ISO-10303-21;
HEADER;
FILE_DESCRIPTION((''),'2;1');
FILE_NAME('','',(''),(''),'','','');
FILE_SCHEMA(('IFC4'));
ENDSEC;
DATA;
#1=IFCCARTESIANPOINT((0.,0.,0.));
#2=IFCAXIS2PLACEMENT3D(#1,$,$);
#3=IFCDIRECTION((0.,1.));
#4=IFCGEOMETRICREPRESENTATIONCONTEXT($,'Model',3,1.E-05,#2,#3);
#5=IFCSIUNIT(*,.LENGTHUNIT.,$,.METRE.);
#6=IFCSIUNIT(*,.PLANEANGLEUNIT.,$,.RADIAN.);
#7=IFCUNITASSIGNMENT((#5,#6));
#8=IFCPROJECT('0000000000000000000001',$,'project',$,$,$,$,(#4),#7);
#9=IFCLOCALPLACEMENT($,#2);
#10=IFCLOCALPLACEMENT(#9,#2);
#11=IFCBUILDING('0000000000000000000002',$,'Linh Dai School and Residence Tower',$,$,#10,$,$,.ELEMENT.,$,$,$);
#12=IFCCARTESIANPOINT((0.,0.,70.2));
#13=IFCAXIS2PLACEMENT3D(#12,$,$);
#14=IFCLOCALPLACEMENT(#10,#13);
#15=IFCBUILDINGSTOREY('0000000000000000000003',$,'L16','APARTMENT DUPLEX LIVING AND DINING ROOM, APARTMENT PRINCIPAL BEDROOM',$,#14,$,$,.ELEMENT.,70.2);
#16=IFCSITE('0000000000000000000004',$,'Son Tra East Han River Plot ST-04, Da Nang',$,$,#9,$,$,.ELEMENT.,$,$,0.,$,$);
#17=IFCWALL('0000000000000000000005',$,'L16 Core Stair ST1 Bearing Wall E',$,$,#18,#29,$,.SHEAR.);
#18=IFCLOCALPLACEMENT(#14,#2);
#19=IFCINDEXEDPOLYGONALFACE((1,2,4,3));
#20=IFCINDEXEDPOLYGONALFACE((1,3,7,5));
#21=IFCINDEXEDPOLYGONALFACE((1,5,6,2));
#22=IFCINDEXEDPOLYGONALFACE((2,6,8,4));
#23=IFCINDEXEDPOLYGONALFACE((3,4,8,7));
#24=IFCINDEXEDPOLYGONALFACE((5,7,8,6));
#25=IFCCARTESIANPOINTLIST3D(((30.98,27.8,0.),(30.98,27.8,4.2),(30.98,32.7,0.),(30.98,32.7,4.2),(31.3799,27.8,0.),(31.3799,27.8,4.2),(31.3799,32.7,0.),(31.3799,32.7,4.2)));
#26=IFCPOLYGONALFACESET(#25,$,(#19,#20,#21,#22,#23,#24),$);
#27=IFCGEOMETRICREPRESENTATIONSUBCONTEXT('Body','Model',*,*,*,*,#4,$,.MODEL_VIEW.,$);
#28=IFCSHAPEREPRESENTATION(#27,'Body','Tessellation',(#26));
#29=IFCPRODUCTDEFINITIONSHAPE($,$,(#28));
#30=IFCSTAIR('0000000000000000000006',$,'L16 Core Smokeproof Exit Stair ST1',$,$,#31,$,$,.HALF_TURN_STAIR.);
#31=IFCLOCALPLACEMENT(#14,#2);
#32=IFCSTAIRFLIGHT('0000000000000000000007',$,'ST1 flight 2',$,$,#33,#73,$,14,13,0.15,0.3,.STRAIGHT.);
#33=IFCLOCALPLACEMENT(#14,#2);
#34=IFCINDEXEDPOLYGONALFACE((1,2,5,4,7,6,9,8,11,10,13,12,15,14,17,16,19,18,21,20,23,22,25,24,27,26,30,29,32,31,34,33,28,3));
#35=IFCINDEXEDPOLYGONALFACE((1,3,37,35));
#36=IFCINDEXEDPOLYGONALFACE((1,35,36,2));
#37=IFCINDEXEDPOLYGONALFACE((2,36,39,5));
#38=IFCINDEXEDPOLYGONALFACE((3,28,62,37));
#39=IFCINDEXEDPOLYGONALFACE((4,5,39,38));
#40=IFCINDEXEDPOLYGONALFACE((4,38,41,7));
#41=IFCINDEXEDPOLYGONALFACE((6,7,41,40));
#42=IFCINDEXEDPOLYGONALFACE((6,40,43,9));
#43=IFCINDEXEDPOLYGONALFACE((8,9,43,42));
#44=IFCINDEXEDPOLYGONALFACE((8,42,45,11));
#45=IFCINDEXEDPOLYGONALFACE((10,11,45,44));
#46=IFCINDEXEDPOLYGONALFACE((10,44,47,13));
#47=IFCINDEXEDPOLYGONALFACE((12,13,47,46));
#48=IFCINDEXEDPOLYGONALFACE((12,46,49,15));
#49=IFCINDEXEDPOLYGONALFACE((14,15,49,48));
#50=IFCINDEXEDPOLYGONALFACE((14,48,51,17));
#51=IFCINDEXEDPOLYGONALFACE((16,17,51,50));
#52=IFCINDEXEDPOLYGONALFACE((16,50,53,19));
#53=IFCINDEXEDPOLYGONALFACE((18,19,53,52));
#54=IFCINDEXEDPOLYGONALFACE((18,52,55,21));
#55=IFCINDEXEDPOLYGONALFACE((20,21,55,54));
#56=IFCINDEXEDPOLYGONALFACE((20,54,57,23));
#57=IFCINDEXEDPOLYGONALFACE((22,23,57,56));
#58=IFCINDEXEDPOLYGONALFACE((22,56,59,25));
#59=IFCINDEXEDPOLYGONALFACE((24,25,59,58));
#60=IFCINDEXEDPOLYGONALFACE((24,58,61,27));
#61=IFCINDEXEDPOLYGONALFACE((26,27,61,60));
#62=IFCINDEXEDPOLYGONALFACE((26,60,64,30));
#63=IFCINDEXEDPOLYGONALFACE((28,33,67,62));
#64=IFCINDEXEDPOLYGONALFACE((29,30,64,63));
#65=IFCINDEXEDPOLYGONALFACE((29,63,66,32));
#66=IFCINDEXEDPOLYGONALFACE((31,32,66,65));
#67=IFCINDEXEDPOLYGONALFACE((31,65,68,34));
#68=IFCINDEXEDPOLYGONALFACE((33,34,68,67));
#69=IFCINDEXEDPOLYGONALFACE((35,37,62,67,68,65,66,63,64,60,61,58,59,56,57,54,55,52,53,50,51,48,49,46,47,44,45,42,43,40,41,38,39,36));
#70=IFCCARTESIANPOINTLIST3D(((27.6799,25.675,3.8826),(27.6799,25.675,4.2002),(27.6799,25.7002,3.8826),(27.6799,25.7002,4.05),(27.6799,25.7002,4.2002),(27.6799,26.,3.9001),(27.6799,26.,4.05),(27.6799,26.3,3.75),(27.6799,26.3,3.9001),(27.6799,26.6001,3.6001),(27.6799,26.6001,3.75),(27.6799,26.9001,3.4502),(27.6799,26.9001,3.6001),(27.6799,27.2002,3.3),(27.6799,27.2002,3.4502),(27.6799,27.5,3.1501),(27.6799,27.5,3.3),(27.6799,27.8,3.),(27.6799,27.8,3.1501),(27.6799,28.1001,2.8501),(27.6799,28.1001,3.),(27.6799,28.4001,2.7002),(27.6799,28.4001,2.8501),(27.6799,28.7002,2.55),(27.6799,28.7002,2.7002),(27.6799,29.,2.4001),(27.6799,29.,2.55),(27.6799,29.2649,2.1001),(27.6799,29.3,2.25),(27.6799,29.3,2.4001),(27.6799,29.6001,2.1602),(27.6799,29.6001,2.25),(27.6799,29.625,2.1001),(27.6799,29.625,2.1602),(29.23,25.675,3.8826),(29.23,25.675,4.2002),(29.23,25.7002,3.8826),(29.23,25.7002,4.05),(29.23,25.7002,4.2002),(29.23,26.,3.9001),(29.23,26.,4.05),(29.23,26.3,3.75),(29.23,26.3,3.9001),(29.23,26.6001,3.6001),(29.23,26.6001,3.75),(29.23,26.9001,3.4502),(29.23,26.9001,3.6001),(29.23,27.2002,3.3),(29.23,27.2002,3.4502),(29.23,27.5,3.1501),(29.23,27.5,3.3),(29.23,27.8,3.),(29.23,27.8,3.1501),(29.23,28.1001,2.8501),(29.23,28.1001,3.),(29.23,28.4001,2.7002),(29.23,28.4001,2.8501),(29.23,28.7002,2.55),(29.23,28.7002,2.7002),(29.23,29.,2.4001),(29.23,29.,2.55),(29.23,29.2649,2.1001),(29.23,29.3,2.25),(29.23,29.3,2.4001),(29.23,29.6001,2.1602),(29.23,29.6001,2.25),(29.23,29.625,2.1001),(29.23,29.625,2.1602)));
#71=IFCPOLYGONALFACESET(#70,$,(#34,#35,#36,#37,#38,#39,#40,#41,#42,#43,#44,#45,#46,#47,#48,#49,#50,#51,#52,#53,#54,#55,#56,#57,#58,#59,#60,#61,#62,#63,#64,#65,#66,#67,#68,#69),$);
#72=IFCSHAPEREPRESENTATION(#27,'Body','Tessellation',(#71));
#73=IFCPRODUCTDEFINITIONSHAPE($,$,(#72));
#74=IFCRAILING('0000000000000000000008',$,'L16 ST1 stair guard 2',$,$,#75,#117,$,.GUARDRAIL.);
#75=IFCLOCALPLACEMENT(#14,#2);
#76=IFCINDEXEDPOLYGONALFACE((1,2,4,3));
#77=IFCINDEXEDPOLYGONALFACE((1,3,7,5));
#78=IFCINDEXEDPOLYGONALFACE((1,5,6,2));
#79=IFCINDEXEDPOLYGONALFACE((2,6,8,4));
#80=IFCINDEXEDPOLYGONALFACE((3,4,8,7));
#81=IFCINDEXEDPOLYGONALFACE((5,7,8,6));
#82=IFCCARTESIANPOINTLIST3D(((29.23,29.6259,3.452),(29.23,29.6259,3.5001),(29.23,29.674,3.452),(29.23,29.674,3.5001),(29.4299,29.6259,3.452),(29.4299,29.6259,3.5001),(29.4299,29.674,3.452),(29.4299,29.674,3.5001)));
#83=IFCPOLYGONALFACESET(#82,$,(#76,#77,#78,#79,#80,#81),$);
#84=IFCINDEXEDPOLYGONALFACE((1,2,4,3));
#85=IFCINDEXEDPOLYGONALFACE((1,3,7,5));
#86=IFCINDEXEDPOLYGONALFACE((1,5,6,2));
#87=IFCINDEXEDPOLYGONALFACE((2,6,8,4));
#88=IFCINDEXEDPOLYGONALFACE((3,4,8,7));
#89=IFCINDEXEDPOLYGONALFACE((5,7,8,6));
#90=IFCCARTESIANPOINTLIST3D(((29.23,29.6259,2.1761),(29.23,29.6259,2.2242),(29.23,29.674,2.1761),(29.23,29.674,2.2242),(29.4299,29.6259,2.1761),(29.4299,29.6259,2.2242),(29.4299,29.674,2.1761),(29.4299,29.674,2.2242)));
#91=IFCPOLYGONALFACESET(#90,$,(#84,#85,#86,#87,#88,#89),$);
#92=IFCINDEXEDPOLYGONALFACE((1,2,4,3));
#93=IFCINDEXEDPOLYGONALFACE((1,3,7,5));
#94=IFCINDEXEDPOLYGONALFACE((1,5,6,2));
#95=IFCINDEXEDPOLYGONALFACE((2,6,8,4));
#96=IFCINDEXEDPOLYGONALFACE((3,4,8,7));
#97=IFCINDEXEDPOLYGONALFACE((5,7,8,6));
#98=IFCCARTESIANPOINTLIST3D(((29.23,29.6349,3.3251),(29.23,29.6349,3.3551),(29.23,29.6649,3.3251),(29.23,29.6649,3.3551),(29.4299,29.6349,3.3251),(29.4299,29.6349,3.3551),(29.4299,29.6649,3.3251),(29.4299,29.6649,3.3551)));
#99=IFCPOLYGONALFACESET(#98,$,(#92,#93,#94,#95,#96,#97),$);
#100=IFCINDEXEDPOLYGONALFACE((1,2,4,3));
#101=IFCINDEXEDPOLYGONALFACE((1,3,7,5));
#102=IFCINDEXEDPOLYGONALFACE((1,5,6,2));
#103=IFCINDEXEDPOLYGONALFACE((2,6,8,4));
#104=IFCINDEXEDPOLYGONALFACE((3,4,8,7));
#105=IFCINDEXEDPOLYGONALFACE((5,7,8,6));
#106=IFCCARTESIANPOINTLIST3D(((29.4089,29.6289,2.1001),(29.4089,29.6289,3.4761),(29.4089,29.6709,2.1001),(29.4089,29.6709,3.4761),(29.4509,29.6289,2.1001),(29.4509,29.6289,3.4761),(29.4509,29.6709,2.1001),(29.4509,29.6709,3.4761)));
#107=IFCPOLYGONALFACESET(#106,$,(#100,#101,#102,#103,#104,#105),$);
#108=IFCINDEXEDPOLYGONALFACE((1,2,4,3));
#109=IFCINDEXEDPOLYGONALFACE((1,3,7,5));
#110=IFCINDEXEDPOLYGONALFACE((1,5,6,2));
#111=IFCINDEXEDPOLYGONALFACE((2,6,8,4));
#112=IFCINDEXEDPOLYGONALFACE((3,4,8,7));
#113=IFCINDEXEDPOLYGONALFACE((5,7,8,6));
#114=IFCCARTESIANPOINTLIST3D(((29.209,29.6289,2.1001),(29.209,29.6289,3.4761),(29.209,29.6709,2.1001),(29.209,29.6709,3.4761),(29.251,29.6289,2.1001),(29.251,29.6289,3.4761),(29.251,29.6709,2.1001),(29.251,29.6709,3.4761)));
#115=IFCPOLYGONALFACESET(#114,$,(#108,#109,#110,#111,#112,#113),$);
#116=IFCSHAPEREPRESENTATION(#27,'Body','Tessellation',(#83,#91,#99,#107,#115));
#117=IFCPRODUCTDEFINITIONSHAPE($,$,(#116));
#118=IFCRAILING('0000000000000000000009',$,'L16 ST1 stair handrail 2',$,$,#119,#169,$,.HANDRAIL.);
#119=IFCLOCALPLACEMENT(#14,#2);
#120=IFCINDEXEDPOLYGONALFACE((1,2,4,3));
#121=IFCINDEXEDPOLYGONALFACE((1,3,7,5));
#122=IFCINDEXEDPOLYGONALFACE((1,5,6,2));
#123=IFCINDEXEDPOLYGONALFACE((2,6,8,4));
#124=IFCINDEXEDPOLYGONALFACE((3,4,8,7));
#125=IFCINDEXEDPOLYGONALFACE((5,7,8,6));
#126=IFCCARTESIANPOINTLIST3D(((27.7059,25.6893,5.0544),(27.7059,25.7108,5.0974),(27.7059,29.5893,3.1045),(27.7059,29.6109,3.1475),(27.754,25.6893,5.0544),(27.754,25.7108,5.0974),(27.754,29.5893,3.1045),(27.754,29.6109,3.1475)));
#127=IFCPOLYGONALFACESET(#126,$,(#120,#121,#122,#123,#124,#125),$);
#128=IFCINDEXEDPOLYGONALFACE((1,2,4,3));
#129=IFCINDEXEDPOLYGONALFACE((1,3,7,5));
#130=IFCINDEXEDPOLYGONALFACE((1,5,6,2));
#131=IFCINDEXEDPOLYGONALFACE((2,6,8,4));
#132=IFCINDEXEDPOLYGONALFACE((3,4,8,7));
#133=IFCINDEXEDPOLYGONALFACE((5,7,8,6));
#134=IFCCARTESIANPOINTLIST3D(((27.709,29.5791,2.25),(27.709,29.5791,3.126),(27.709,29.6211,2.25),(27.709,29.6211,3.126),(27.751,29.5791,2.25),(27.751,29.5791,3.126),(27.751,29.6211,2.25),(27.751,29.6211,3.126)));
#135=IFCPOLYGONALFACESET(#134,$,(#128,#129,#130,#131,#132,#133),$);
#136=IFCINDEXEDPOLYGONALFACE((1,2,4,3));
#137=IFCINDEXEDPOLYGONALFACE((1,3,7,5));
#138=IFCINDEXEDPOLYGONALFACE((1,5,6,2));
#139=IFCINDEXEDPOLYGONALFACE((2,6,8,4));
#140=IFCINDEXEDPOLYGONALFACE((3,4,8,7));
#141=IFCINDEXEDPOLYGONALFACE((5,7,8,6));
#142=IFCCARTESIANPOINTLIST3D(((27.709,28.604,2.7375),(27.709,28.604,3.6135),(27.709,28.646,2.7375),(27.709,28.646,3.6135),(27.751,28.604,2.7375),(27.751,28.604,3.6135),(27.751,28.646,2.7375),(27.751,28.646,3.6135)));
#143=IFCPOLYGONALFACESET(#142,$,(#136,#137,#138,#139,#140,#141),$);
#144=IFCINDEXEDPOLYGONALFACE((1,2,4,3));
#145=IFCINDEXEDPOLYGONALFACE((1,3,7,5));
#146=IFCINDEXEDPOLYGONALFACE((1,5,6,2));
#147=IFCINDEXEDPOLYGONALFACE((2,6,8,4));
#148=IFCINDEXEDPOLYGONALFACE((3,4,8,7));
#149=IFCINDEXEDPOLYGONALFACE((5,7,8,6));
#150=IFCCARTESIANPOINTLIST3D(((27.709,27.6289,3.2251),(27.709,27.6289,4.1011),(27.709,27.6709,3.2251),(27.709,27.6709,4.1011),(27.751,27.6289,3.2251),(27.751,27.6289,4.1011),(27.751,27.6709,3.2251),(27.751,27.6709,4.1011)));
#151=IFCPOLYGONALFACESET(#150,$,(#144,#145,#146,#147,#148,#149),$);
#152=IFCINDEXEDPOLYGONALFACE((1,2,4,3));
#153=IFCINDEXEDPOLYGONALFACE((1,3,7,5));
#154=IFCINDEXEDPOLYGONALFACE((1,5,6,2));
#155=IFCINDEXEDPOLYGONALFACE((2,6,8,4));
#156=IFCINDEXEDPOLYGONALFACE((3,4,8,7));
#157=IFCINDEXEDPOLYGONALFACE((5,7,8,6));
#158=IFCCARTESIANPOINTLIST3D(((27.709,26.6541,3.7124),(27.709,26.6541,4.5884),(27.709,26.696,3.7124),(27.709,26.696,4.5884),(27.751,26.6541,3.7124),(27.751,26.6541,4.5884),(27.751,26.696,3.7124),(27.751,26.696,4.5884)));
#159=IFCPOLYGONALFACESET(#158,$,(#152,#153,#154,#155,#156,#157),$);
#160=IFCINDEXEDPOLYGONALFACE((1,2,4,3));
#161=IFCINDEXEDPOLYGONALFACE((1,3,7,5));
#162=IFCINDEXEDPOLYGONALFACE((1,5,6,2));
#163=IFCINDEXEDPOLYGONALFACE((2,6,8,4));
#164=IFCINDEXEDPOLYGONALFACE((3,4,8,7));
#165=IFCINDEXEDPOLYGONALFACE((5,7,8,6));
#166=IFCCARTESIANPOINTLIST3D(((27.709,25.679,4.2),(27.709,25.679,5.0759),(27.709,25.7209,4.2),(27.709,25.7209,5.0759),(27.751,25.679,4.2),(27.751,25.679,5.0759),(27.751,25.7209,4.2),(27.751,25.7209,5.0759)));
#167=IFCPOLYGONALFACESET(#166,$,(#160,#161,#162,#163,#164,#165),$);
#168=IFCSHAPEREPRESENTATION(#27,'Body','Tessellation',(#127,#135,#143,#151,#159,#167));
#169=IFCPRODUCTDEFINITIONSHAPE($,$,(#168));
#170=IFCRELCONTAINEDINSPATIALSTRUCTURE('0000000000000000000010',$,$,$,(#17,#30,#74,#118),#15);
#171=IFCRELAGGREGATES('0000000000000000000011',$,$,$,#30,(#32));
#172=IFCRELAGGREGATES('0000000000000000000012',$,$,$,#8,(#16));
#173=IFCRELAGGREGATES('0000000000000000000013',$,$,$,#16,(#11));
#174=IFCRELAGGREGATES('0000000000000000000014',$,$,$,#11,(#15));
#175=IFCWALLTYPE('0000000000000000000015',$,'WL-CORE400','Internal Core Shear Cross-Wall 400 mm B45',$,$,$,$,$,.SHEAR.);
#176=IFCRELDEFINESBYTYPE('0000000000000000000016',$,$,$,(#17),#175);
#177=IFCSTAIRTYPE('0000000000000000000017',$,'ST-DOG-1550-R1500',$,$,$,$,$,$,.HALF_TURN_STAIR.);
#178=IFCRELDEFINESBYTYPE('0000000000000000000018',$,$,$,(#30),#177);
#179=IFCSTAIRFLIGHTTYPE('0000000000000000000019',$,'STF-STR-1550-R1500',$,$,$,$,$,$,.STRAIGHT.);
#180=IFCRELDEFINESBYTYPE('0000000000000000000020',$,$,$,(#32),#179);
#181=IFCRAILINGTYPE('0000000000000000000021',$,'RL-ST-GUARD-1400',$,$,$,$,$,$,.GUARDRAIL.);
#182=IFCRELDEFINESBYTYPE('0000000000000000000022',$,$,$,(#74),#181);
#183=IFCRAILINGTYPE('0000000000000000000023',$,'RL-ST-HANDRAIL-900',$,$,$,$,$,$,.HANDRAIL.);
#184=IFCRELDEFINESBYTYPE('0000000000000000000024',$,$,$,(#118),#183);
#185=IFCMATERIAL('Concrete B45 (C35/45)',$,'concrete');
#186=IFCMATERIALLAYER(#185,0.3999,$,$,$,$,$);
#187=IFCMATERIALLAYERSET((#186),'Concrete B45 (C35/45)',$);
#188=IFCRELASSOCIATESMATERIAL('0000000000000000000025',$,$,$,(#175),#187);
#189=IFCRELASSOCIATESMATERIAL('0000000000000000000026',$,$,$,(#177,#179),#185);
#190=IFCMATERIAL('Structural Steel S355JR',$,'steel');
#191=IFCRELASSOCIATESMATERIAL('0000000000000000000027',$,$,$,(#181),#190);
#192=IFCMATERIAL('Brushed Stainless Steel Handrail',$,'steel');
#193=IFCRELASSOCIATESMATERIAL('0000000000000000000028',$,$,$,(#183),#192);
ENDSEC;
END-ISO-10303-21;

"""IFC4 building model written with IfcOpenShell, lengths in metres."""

from ifc_helpers import new_model, si_unit, direction, frame, frame_2d, origin, origin_2d, place, context, subcontext, project, spatial, polyline, rectangle, outline, extrude, source, transform, mapped, material, layer, layer_set, type_object, element, aggregate, save


model = new_model("IFC4")

# Units and contexts
model_context = context("Model", 3, precision=1e-05, world=origin(), true_north=direction((0.0, 1.0)))
body_context = subcontext(model_context, "Body", "Model", "MODEL_VIEW")
ifc_project = project(units=[si_unit("LENGTHUNIT", "METRE"), si_unit("PLANEANGLEUNIT", "RADIAN")], contexts=[model_context])

# Site, building, storey
site_placement = place(None, origin())
site = spatial("IfcSite", under=ifc_project, at=site_placement, Name="Son Tra East Han River Plot ST-04, Da Nang", CompositionType="ELEMENT", RefElevation=0.0)
building_placement = place(site_placement, origin())
building = spatial("IfcBuilding", under=site, at=building_placement, Name="Linh Dai School and Residence Tower", CompositionType="ELEMENT")
storey_placement = place(building_placement, frame((0.0, 0.0, 70.2)))
storey = spatial("IfcBuildingStorey", under=building, at=storey_placement, Name="L16", Description="APARTMENT DUPLEX LIVING AND DINING ROOM, APARTMENT PRINCIPAL BEDROOM", CompositionType="ELEMENT", Elevation=70.2)

# Shared definitions
ifc_material_1 = material(Name="Structural Steel S355JR", Category="steel")

# Shared definitions
ifc_material_2 = material(Name="Concrete B45 (C35/45)", Category="concrete")

# Wall
ifc_layer_1 = layer(ifc_material_2, 0.3999)
ifc_layer_set_1 = layer_set([ifc_layer_1], Name="Concrete B45 (C35/45)")
wall_type_1 = type_object("IfcWallType", Name="WL-CORE400", Description="Internal Core Shear Cross-Wall 400 mm B45", PredefinedType="SHEAR", material=ifc_layer_set_1)
wall_1_placement = place(storey_placement, frame((31.1799, 27.8, 0.0), z_axis=(0.0, 0.0, 1.0), x_axis=(0.0, 1.0, 0.0)))
element("IfcWall", 1, at=wall_1_placement, inside=storey, type_object=wall_type_1, Name="L16 Core Stair ST1 Bearing Wall E", PredefinedType="SHEAR", context=body_context, shape_type="SweptSolid", body=[
    extrude(rectangle(XDim=4.8999, YDim=0.3999, at=frame_2d((2.45, 0.0))), origin(), (0.0, 0.0, 1.0), 4.2),
])

# Stair, stair flight
stair_type = type_object("IfcStairType", Name="ST-DOG-1550-R1500", PredefinedType="HALF_TURN_STAIR", material=ifc_material_2)
stair_placement = place(storey_placement, origin())
stair = element("IfcStair", 2, at=stair_placement, inside=storey, type_object=stair_type, Name="L16 Core Smokeproof Exit Stair ST1", PredefinedType="HALF_TURN_STAIR")
stair_flight_type = type_object("IfcStairFlightType", Name="STF-STR-1550-R1500", PredefinedType="STRAIGHT", material=ifc_material_2)
shared_shape_1 = source(origin(), body_context, "Body", "SweptSolid", [
    extrude(outline(polyline([(-0.0249, 0.0), (-0.0249, 0.0601), (0.0, 0.0601), (0.0, 0.1499), (0.3, 0.1499), (0.3, 0.3), (0.6001, 0.3), (0.6001, 0.45), (0.8999, 0.45), (0.8999, 0.6001), (1.2, 0.6001), (1.2, 0.75), (1.5, 0.75), (1.5, 0.8999), (1.8, 0.8999), (1.8, 1.05), (2.1001, 1.05), (2.1001, 1.2), (2.3999, 1.2), (2.3999, 1.3501), (2.7, 1.3501), (2.7, 1.5), (3.0, 1.5), (3.0, 1.6499), (3.3, 1.6499), (3.3, 1.8), (3.6001, 1.8), (3.6001, 1.95), (3.8999, 1.95), (3.8999, 2.1001), (3.925, 2.1001), (3.925, 1.7825), (3.8999, 1.7825), (0.3352, 0.0), (-0.0249, 0.0)])), frame((0.0, 0.7749, 0.0), z_axis=(0.0, -1.0, 0.0), x_axis=(1.0, 0.0, 0.0)), (0.0, 0.0, 1.0), 1.55),
])
stair_flight_placement = place(storey_placement, frame((28.4551, 29.6001, 2.1001), z_axis=(0.0, 0.0, 1.0), x_axis=(0.0, -1.0, 0.0)))
stair_flight = element("IfcStairFlight", 3, at=stair_flight_placement, type_object=stair_flight_type, Name="ST1 flight 2", NumberOfRisers=14, NumberOfTreads=13, PredefinedType="STRAIGHT", RiserHeight=0.15, TreadLength=0.3, context=body_context, shape_type="MappedRepresentation", body=[
    mapped(shared_shape_1, transform((0.0, 0.0, 0.0), x_axis=(1.0, 0.0, 0.0), y_axis=(0.0, 1.0, 0.0), z_axis=(0.0, 0.0, 1.0), scale=1.0)),
])
aggregate(stair, [stair_flight])

# Railings
railing_type_1 = type_object("IfcRailingType", Name="RL-ST-GUARD-1400", PredefinedType="GUARDRAIL", material=ifc_material_1)
shared_shape_2 = source(origin(), body_context, "Body", "SweptSolid", [
    extrude(rectangle(XDim=0.0481, YDim=0.0481, at=origin_2d()), frame((0.0, 0.0, 1.376), z_axis=(-1.0, 0.0, 0.0), x_axis=(0.0, -1.0, 0.0)), (0.0, 0.0, 1.0), 0.2),
    extrude(rectangle(XDim=0.0481, YDim=0.0481, at=origin_2d()), frame((0.0, 0.0, 0.1001), z_axis=(-1.0, 0.0, 0.0), x_axis=(0.0, -1.0, 0.0)), (0.0, 0.0, 1.0), 0.2),
    extrude(rectangle(XDim=0.03, YDim=0.03, at=origin_2d()), frame((0.0, 0.0, 1.24), z_axis=(-1.0, 0.0, 0.0), x_axis=(0.0, -1.0, 0.0)), (0.0, 0.0, 1.0), 0.2),
    extrude(rectangle(XDim=0.042, YDim=0.042, at=origin_2d()), origin(), (0.0, 0.0, 1.0), 1.376),
    extrude(rectangle(XDim=0.042, YDim=0.042, at=origin_2d()), frame((-0.2, 0.0, 0.0)), (0.0, 0.0, 1.0), 1.376),
])
railing_1_placement = place(storey_placement, frame((29.4299, 29.6499, 2.1001)))
element("IfcRailing", 4, at=railing_1_placement, inside=storey, type_object=railing_type_1, Name="L16 ST1 stair guard 2", PredefinedType="GUARDRAIL", context=body_context, shape_type="MappedRepresentation", body=[
    mapped(shared_shape_2, transform((0.0, 0.0, 0.0), x_axis=(1.0, 0.0, 0.0), y_axis=(0.0, 1.0, 0.0), z_axis=(0.0, 0.0, 1.0), scale=1.0)),
])
ifc_material_3 = material(Name="Brushed Stainless Steel Handrail", Category="steel")
railing_type_2 = type_object("IfcRailingType", Name="RL-ST-HANDRAIL-900", PredefinedType="HANDRAIL", material=ifc_material_3)
shared_shape_3 = source(origin(), body_context, "Body", "SweptSolid", [
    extrude(rectangle(XDim=0.0481, YDim=0.0481, at=origin_2d()), frame((0.0, 0.0, 0.876), z_axis=(0.0, -0.894438, 0.447191), x_axis=(1.0, 0.0, 0.0)), (0.0, 0.0, 1.0), 4.3604),
    extrude(rectangle(XDim=0.042, YDim=0.042, at=origin_2d()), origin(), (0.0, 0.0, 1.0), 0.876),
    extrude(rectangle(XDim=0.042, YDim=0.042, at=origin_2d()), frame((0.0, -0.9751, 0.4875)), (0.0, 0.0, 1.0), 0.876),
    extrude(rectangle(XDim=0.042, YDim=0.042, at=origin_2d()), frame((0.0, -1.9502, 0.9751)), (0.0, 0.0, 1.0), 0.876),
    extrude(rectangle(XDim=0.042, YDim=0.042, at=origin_2d()), frame((0.0, -2.925, 1.4624)), (0.0, 0.0, 1.0), 0.876),
    extrude(rectangle(XDim=0.042, YDim=0.042, at=origin_2d()), frame((0.0, -3.9001, 1.95)), (0.0, 0.0, 1.0), 0.876),
])
railing_2_placement = place(storey_placement, frame((27.73, 29.6001, 2.25)))
element("IfcRailing", 5, at=railing_2_placement, inside=storey, type_object=railing_type_2, Name="L16 ST1 stair handrail 2", PredefinedType="HANDRAIL", context=body_context, shape_type="MappedRepresentation", body=[
    mapped(shared_shape_3, transform((0.0, 0.0, 0.0), x_axis=(1.0, 0.0, 0.0), y_axis=(0.0, 1.0, 0.0), z_axis=(0.0, 0.0, 1.0), scale=1.0)),
])

save(model, "model.ifc")
